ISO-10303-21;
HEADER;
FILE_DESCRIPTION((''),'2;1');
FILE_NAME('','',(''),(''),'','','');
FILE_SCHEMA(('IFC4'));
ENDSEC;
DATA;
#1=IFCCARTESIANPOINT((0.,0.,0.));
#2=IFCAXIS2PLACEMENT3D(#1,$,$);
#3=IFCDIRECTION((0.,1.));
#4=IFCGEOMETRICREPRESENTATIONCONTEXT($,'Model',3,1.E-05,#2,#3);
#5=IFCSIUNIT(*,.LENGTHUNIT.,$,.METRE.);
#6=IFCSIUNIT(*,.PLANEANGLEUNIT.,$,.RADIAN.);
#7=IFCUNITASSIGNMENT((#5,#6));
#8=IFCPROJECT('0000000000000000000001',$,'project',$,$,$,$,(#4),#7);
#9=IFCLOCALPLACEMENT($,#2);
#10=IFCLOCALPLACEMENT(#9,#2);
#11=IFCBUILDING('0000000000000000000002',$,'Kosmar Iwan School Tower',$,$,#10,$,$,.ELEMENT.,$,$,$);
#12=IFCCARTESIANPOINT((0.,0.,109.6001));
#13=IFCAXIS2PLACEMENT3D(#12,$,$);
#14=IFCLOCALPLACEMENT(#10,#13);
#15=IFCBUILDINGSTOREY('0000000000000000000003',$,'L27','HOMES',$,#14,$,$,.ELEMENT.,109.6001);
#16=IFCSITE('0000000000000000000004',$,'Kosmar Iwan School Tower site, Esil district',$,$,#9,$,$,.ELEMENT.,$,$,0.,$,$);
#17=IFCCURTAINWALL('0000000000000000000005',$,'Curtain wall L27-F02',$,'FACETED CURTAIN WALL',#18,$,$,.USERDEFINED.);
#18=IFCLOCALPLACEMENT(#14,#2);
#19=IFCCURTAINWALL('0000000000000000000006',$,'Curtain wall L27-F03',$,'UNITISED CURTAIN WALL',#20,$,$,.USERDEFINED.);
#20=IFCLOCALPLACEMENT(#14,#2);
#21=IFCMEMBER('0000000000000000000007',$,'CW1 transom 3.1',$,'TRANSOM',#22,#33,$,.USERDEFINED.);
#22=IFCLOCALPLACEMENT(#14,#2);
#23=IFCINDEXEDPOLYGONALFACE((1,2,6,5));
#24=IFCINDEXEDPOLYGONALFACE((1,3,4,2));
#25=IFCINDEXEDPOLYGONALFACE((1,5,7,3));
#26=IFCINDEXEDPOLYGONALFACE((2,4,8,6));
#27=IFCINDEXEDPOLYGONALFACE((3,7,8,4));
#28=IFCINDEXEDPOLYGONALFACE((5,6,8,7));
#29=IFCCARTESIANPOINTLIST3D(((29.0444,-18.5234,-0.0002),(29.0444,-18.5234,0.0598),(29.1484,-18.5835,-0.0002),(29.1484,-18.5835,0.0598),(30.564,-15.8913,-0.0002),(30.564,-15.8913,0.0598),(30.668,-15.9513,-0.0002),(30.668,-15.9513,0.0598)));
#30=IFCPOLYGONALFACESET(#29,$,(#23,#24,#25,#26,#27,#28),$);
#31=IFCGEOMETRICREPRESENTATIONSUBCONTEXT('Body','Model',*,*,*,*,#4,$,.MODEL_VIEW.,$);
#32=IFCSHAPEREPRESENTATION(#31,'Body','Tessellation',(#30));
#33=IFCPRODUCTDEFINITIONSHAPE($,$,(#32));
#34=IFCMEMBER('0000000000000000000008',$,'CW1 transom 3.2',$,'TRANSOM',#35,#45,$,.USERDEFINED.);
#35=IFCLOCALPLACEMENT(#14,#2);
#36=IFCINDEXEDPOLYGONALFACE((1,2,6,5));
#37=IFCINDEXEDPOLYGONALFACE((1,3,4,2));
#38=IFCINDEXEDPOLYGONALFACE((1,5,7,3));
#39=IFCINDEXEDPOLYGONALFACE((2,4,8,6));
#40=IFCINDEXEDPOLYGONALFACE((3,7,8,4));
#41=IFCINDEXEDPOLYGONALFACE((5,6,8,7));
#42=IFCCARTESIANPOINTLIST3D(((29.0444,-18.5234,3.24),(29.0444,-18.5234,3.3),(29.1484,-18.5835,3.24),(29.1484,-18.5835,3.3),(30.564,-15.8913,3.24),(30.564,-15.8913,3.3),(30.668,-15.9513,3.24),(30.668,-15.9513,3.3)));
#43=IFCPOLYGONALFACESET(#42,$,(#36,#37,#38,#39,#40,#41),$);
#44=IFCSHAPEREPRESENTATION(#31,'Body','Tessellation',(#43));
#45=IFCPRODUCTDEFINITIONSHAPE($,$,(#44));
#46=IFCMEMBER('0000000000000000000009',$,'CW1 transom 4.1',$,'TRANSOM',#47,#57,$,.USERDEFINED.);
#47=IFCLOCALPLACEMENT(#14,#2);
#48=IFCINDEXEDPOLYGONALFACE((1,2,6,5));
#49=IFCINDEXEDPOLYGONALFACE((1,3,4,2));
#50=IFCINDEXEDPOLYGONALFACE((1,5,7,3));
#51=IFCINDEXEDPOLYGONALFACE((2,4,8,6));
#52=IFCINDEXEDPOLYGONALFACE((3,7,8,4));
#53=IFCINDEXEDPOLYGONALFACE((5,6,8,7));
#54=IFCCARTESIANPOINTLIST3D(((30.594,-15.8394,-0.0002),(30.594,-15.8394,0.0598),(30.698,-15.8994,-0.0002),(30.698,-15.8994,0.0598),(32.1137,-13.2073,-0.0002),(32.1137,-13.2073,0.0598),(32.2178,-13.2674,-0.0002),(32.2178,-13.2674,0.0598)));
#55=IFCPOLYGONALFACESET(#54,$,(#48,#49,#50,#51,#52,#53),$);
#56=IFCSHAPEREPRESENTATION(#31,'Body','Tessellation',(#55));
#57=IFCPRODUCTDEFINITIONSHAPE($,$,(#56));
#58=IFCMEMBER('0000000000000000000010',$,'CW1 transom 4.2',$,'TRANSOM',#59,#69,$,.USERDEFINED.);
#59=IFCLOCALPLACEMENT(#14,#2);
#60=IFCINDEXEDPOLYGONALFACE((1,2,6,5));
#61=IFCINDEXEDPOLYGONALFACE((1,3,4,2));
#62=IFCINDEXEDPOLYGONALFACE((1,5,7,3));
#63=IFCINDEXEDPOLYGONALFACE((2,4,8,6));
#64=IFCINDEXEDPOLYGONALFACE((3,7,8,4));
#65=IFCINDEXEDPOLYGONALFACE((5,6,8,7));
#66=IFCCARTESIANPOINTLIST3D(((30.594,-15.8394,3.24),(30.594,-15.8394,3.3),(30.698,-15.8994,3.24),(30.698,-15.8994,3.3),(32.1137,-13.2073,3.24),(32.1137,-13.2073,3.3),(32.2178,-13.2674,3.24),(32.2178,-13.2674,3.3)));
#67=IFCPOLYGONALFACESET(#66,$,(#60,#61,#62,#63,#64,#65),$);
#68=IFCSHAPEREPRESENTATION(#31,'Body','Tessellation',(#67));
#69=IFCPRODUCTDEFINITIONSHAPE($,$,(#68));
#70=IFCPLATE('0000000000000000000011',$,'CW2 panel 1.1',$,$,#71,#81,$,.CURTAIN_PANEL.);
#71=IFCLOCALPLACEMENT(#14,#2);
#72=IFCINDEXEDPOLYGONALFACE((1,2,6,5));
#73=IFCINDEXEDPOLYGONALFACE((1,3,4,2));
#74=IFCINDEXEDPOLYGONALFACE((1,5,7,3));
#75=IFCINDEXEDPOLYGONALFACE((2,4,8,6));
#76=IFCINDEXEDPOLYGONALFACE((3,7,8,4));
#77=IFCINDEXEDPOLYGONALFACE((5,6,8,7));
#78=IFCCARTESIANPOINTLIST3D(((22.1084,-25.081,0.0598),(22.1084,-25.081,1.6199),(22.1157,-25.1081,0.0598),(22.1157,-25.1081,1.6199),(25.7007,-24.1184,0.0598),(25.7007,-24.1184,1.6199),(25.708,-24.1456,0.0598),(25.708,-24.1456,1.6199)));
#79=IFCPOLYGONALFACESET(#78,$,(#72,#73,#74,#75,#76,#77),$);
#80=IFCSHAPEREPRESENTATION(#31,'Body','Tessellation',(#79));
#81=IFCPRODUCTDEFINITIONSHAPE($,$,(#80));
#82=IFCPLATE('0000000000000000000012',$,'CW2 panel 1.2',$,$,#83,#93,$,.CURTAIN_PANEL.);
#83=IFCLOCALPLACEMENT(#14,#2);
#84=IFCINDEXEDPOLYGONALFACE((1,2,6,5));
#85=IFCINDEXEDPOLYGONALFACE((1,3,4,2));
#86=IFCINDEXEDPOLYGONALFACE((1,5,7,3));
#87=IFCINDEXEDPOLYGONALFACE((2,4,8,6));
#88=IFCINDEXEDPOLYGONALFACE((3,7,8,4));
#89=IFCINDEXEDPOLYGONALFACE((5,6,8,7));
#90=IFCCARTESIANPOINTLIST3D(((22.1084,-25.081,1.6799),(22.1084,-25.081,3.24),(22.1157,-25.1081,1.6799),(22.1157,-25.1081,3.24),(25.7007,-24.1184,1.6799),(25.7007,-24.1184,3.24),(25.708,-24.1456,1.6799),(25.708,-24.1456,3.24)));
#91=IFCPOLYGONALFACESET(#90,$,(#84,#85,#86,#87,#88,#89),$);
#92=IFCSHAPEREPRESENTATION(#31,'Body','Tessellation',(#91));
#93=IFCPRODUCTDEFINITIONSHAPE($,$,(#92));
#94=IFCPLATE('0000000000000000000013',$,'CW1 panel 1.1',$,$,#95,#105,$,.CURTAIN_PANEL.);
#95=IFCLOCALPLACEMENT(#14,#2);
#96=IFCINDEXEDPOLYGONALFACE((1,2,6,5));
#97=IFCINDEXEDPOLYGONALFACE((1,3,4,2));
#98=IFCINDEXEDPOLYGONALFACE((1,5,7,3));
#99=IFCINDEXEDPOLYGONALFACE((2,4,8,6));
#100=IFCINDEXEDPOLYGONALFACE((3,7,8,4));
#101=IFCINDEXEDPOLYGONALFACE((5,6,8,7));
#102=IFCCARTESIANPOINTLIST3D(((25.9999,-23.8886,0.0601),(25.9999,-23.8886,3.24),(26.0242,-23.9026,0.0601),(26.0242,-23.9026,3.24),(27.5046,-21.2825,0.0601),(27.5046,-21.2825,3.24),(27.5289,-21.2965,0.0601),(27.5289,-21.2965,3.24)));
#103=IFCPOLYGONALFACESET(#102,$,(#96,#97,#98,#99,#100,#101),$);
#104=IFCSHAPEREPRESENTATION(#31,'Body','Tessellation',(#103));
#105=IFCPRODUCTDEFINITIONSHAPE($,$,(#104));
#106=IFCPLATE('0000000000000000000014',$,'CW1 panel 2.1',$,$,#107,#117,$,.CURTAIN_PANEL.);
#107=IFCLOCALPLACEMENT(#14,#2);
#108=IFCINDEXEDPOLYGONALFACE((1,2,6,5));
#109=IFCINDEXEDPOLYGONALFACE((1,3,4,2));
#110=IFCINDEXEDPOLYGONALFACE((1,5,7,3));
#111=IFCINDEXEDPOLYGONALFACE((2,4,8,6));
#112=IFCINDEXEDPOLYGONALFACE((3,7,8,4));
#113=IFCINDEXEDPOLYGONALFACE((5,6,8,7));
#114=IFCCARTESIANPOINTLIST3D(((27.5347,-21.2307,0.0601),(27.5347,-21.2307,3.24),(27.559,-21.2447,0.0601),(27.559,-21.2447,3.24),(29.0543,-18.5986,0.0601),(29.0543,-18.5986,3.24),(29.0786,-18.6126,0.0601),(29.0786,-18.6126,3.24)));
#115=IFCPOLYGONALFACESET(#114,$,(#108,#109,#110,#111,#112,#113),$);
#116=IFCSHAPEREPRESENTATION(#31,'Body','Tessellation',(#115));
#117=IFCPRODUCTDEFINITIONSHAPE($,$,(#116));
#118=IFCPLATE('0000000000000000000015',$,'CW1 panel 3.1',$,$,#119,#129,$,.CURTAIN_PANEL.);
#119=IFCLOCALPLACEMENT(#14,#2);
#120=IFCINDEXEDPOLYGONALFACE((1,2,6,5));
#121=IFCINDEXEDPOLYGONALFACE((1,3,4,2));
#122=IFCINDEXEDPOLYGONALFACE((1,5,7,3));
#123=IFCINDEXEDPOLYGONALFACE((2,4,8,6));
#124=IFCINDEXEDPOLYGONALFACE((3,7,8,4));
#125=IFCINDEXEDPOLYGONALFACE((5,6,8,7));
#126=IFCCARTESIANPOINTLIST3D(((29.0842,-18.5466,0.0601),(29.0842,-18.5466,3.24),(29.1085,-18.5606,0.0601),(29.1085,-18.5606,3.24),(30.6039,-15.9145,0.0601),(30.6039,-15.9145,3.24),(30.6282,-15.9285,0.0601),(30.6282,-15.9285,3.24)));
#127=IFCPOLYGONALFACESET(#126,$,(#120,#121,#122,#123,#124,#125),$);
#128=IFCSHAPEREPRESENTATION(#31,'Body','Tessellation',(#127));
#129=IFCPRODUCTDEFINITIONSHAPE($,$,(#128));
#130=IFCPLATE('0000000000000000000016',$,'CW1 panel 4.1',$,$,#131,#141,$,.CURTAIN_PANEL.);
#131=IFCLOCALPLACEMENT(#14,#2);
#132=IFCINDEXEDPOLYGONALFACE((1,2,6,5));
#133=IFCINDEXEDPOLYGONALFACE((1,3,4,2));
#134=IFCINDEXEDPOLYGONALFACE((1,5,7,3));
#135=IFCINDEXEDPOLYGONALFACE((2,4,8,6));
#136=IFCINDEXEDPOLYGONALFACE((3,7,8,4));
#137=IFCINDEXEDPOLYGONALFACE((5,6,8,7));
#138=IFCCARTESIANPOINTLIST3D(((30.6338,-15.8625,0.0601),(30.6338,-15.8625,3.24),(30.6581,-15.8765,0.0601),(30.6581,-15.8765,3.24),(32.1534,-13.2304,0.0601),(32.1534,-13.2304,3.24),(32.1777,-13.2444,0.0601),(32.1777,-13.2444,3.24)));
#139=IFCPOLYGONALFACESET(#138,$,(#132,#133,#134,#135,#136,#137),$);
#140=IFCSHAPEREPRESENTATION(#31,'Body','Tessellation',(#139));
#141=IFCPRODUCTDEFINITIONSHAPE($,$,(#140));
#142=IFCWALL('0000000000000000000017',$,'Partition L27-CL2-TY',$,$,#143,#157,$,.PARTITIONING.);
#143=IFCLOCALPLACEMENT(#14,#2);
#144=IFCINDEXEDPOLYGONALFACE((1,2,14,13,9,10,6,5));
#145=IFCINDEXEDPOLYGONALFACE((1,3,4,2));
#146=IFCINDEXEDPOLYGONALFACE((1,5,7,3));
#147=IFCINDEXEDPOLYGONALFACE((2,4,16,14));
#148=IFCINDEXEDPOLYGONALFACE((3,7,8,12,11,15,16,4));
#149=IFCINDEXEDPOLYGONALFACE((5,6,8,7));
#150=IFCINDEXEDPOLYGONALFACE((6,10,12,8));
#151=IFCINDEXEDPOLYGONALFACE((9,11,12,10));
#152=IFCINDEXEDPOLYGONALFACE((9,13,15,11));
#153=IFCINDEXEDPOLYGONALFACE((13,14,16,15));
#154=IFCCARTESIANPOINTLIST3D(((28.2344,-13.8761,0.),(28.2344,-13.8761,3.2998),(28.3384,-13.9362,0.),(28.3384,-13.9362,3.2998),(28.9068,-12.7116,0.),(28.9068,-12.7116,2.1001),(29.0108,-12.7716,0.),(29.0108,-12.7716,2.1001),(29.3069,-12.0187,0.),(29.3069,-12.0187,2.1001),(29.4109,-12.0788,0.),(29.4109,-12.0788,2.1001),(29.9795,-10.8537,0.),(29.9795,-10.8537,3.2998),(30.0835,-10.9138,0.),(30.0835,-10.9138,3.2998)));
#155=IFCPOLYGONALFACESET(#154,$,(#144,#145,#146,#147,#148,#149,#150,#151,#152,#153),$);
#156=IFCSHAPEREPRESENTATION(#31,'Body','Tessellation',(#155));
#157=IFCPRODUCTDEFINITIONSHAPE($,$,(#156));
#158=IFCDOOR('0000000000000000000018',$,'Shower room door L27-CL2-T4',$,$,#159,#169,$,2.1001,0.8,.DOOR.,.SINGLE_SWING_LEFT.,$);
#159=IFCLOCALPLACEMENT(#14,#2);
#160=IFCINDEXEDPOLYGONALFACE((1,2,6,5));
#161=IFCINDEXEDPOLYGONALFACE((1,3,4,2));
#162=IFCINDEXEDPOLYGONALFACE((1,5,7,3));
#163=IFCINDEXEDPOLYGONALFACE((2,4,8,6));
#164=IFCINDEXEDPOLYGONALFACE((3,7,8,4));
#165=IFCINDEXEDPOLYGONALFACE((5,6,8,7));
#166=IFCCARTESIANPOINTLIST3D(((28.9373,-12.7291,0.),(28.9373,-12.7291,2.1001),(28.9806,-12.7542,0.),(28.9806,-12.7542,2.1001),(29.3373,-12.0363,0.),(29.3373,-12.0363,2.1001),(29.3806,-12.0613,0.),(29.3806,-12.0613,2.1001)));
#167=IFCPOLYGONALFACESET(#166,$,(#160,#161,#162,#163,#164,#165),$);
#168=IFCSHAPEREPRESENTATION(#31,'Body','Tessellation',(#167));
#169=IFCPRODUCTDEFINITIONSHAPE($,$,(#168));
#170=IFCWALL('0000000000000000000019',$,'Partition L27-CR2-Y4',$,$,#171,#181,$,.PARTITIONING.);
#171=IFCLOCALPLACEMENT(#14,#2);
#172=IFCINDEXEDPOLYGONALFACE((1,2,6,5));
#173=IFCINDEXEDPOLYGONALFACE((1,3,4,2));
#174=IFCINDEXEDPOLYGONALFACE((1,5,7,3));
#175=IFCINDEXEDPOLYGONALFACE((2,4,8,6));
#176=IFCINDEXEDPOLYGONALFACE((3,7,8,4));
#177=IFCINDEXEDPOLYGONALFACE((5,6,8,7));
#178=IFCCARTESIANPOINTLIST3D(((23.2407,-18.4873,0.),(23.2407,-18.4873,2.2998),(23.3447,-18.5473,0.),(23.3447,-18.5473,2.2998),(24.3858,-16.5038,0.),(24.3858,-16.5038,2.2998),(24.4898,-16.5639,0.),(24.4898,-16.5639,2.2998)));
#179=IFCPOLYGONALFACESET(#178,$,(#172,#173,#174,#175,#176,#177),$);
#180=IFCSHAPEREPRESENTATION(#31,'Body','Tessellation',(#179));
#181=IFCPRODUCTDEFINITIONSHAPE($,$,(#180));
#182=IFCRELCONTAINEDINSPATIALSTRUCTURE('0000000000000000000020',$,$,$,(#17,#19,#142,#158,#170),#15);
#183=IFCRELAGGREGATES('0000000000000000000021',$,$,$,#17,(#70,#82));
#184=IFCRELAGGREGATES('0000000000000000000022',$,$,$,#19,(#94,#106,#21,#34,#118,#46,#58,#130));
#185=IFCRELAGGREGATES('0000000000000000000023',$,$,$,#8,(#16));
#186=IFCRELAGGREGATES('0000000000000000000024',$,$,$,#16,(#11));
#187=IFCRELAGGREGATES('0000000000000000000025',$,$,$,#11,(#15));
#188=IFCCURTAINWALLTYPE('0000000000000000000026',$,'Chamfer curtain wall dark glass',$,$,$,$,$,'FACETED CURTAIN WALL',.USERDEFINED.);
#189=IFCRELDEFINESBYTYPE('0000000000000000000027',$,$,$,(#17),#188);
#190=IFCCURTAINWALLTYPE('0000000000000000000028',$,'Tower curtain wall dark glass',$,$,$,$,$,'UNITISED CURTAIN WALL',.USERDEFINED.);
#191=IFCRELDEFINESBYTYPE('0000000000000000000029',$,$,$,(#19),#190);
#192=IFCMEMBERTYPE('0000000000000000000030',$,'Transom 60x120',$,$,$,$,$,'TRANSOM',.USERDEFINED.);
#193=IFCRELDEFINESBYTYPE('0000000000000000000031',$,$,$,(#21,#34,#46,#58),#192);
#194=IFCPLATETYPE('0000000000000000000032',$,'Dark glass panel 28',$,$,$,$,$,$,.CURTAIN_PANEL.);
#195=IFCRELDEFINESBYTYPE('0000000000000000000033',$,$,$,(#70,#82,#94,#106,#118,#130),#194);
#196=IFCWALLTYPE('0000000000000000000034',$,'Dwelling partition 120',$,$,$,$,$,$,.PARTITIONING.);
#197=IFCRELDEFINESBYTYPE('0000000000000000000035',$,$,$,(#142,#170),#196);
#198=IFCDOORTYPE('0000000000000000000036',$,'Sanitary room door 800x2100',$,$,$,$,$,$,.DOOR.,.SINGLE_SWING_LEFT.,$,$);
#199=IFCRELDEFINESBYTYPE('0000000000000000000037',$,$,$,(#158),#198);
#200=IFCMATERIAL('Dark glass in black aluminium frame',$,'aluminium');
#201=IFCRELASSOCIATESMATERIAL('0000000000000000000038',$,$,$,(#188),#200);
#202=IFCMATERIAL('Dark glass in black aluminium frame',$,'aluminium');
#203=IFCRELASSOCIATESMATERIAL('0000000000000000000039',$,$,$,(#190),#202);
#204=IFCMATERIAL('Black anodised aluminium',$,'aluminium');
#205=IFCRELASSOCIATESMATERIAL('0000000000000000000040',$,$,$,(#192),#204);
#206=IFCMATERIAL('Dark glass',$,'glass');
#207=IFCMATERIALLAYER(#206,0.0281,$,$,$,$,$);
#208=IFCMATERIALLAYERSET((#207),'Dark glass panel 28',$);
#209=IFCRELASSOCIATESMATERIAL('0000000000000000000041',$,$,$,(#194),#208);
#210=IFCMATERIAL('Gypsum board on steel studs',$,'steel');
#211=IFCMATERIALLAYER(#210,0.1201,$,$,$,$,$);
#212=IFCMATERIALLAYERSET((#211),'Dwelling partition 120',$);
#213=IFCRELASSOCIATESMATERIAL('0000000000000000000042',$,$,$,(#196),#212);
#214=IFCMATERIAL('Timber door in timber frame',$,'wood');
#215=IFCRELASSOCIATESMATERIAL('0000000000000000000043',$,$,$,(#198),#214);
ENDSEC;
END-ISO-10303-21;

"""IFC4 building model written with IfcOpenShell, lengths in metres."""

from ifc_helpers import new_model, si_unit, direction, frame, frame_2d, origin, origin_2d, place, context, subcontext, project, spatial, rectangle, extrude, material, layer, layer_set, material_profile, profile_set, type_object, element, fill, aggregate, save


model = new_model("IFC4")

# Units and contexts
model_context = context("Model", 3, precision=1e-05, world=origin(), true_north=direction((0.0, 1.0)))
body_context = subcontext(model_context, "Body", "Model", "MODEL_VIEW")
ifc_project = project(units=[si_unit("LENGTHUNIT", "METRE"), si_unit("PLANEANGLEUNIT", "RADIAN")], contexts=[model_context])

# Site, building, storey
site_placement = place(None, origin())
site = spatial("IfcSite", under=ifc_project, at=site_placement, Name="Kosmar Iwan School Tower site, Esil district", CompositionType="ELEMENT", RefElevation=0.0)
building_placement = place(site_placement, origin())
building = spatial("IfcBuilding", under=site, at=building_placement, Name="Kosmar Iwan School Tower", CompositionType="ELEMENT")
storey_placement = place(building_placement, frame((0.0, 0.0, 109.6001)))
storey = spatial("IfcBuildingStorey", under=building, at=storey_placement, Name="L27", Description="HOMES", CompositionType="ELEMENT", Elevation=109.6001)

# Curtain wall
ifc_material_1 = material(Name="Dark glass in black aluminium frame", Category="aluminium")
curtain_wall_type_1 = type_object("IfcCurtainWallType", Name="Chamfer curtain wall dark glass", ElementType="FACETED CURTAIN WALL", PredefinedType="USERDEFINED", material=ifc_material_1)
curtain_wall_1_placement = place(storey_placement, origin())
curtain_wall_1 = element("IfcCurtainWall", 1, at=curtain_wall_1_placement, inside=storey, type_object=curtain_wall_type_1, Name="Curtain wall L27-F02", ObjectType="FACETED CURTAIN WALL", PredefinedType="USERDEFINED")

# Curtain wall, members
ifc_material_2 = material(Name="Dark glass in black aluminium frame", Category="aluminium")
curtain_wall_type_2 = type_object("IfcCurtainWallType", Name="Tower curtain wall dark glass", ElementType="UNITISED CURTAIN WALL", PredefinedType="USERDEFINED", material=ifc_material_2)
curtain_wall_2_placement = place(storey_placement, origin())
curtain_wall_2 = element("IfcCurtainWall", 2, at=curtain_wall_2_placement, inside=storey, type_object=curtain_wall_type_2, Name="Curtain wall L27-F03", ObjectType="UNITISED CURTAIN WALL", PredefinedType="USERDEFINED")
ifc_material_3 = material(Name="Black anodised aluminium", Category="aluminium")
ifc_material_profile_1 = material_profile(ifc_material_3, rectangle(XDim=0.1201, YDim=0.0601, at=origin_2d()), Name="TRANSOM 60x120")
ifc_profile_set_1 = profile_set([ifc_material_profile_1], Name="Black anodised aluminium")
member_type_1 = type_object("IfcMemberType", Name="Transom 60x120", ElementType="TRANSOM", PredefinedType="USERDEFINED", material=ifc_profile_set_1)
member_1_placement = place(storey_placement, frame((29.0964, -18.5535, 0.0298), z_axis=(0.499975, 0.86604, 0.0), x_axis=(-0.86604, 0.499975, 0.0)))
member_1 = element("IfcMember", 3, at=member_1_placement, type_object=member_type_1, Name="CW1 transom 3.1", ObjectType="TRANSOM", PredefinedType="USERDEFINED", context=body_context, shape_type="SweptSolid", body=[
    extrude(rectangle(XDim=0.1201, YDim=0.0601, at=origin_2d()), origin(), (0.0, 0.0, 1.0), 3.0393),
])
member_2_placement = place(storey_placement, frame((29.0964, -18.5535, 3.27), z_axis=(0.499975, 0.86604, 0.0), x_axis=(-0.86604, 0.499975, 0.0)))
member_2 = element("IfcMember", 4, at=member_2_placement, type_object=member_type_1, Name="CW1 transom 3.2", ObjectType="TRANSOM", PredefinedType="USERDEFINED", context=body_context, shape_type="SweptSolid", body=[
    extrude(rectangle(XDim=0.1201, YDim=0.0601, at=origin_2d()), origin(), (0.0, 0.0, 1.0), 3.0393),
])
member_3_placement = place(storey_placement, frame((30.646, -15.8694, 0.0298), z_axis=(0.500035, 0.866005, 0.0), x_axis=(-0.866005, 0.500035, 0.0)))
member_3 = element("IfcMember", 5, at=member_3_placement, type_object=member_type_1, Name="CW1 transom 4.1", ObjectType="TRANSOM", PredefinedType="USERDEFINED", context=body_context, shape_type="SweptSolid", body=[
    extrude(rectangle(XDim=0.1201, YDim=0.0601, at=origin_2d()), origin(), (0.0, 0.0, 1.0), 3.0393),
])
member_4_placement = place(storey_placement, frame((30.646, -15.8694, 3.27), z_axis=(0.500035, 0.866005, 0.0), x_axis=(-0.866005, 0.500035, 0.0)))
member_4 = element("IfcMember", 6, at=member_4_placement, type_object=member_type_1, Name="CW1 transom 4.2", ObjectType="TRANSOM", PredefinedType="USERDEFINED", context=body_context, shape_type="SweptSolid", body=[
    extrude(rectangle(XDim=0.1201, YDim=0.0601, at=origin_2d()), origin(), (0.0, 0.0, 1.0), 3.0393),
])

# Plates
ifc_material_4 = material(Name="Dark glass", Category="glass")
ifc_layer_1 = layer(ifc_material_4, 0.0281)
ifc_layer_set_1 = layer_set([ifc_layer_1], Name="Dark glass panel 28")
plate_type = type_object("IfcPlateType", Name="Dark glass panel 28", PredefinedType="CURTAIN_PANEL", material=ifc_layer_set_1)
plate_1_placement = place(storey_placement, frame((23.9082, -24.6133, 0.0598), z_axis=(0.0, 0.0, 1.0), x_axis=(0.965926, 0.258819, 0.0)))
plate_1 = element("IfcPlate", 7, at=plate_1_placement, type_object=plate_type, Name="CW2 panel 1.1", PredefinedType="CURTAIN_PANEL", context=body_context, shape_type="SweptSolid", body=[
    extrude(rectangle(XDim=3.719, YDim=0.0281, at=origin_2d()), origin(), (0.0, 0.0, 1.0), 1.5601),
])
plate_2_placement = place(storey_placement, frame((23.9082, -24.6133, 1.6799), z_axis=(0.0, 0.0, 1.0), x_axis=(0.965926, 0.258819, 0.0)))
plate_2 = element("IfcPlate", 8, at=plate_2_placement, type_object=plate_type, Name="CW2 panel 1.2", PredefinedType="CURTAIN_PANEL", context=body_context, shape_type="SweptSolid", body=[
    extrude(rectangle(XDim=3.719, YDim=0.0281, at=origin_2d()), origin(), (0.0, 0.0, 1.0), 1.5601),
])
aggregate(curtain_wall_1, [plate_1, plate_2])
plate_3_placement = place(storey_placement, frame((26.7644, -22.5925, 0.0601), z_axis=(0.0, 0.0, 1.0), x_axis=(0.5, 0.866025, 0.0)))
plate_3 = element("IfcPlate", 9, at=plate_3_placement, type_object=plate_type, Name="CW1 panel 1.1", PredefinedType="CURTAIN_PANEL", context=body_context, shape_type="SweptSolid", body=[
    extrude(rectangle(XDim=3.0093, YDim=0.0281, at=origin_2d()), origin(), (0.0, 0.0, 1.0), 3.1799),
])
plate_4_placement = place(storey_placement, frame((28.3066, -19.9216, 0.0601), z_axis=(0.0, 0.0, 1.0), x_axis=(0.5, 0.866025, 0.0)))
plate_4 = element("IfcPlate", 10, at=plate_4_placement, type_object=plate_type, Name="CW1 panel 2.1", PredefinedType="CURTAIN_PANEL", context=body_context, shape_type="SweptSolid", body=[
    extrude(rectangle(XDim=3.0393, YDim=0.0281, at=origin_2d()), origin(), (0.0, 0.0, 1.0), 3.1799),
])
plate_5_placement = place(storey_placement, frame((29.8562, -17.2375, 0.0601), z_axis=(0.0, 0.0, 1.0), x_axis=(0.5, 0.866025, 0.0)))
plate_5 = element("IfcPlate", 11, at=plate_5_placement, type_object=plate_type, Name="CW1 panel 3.1", PredefinedType="CURTAIN_PANEL", context=body_context, shape_type="SweptSolid", body=[
    extrude(rectangle(XDim=3.0393, YDim=0.0281, at=origin_2d()), origin(), (0.0, 0.0, 1.0), 3.1799),
])
plate_6_placement = place(storey_placement, frame((31.4058, -14.5535, 0.0601), z_axis=(0.0, 0.0, 1.0), x_axis=(0.5, 0.866025, 0.0)))
plate_6 = element("IfcPlate", 12, at=plate_6_placement, type_object=plate_type, Name="CW1 panel 4.1", PredefinedType="CURTAIN_PANEL", context=body_context, shape_type="SweptSolid", body=[
    extrude(rectangle(XDim=3.0393, YDim=0.0281, at=origin_2d()), origin(), (0.0, 0.0, 1.0), 3.1799),
])
aggregate(curtain_wall_2, [plate_3, plate_4, member_1, member_2, plate_5, member_3, member_4, plate_6])

# Wall, opening, door
ifc_material_5 = material(Name="Gypsum board on steel studs", Category="steel")
ifc_layer_2 = layer(ifc_material_5, 0.1201)
ifc_layer_set_2 = layer_set([ifc_layer_2], Name="Dwelling partition 120")
wall_type = type_object("IfcWallType", Name="Dwelling partition 120", PredefinedType="PARTITIONING", material=ifc_layer_set_2)
wall_1_placement = place(storey_placement, frame((28.2864, -13.9062, 0.0), z_axis=(0.0, 0.0, 1.0), x_axis=(0.500021, 0.866013, 0.0)))
wall_1 = element("IfcWall", 13, at=wall_1_placement, inside=storey, type_object=wall_type, Name="Partition L27-CL2-TY", PredefinedType="PARTITIONING", context=body_context, shape_type="SweptSolid", body=[
    extrude(rectangle(XDim=3.49, YDim=0.1201, at=frame_2d((1.7451, 0.0))), origin(), (0.0, 0.0, 1.0), 3.2998),
])
opening_placement = place(wall_1_placement, frame((1.345, 0.0, 0.0)))
opening = element("IfcOpeningElement", 14, at=opening_placement, cuts=wall_1, PredefinedType="OPENING", context=body_context, shape_type="SweptSolid", body=[
    extrude(rectangle(XDim=0.8, YDim=2.1001, at=frame_2d((0.3999, 1.05))), frame((0.0, 0.072, 0.0), z_axis=(0.0, -1.0, 0.0), x_axis=(1.0, 0.0, 0.0)), (0.0, 0.0, 1.0), 0.144),
])
ifc_material_6 = material(Name="Timber door in timber frame", Category="wood")
door_type = type_object("IfcDoorType", Name="Sanitary room door 800x2100", OperationType="SINGLE_SWING_LEFT", PredefinedType="DOOR", material=ifc_material_6)
door_placement = place(opening_placement, origin())
door = element("IfcDoor", 15, at=door_placement, inside=storey, type_object=door_type, Name="Shower room door L27-CL2-T4", OperationType="SINGLE_SWING_LEFT", OverallHeight=2.1001, OverallWidth=0.8, PredefinedType="DOOR", context=body_context, shape_type="SweptSolid", body=[
    extrude(rectangle(XDim=0.8, YDim=2.1001, at=frame_2d((0.3999, 1.05))), frame((0.0, 0.0249, 0.0), z_axis=(0.0, -1.0, 0.0), x_axis=(1.0, 0.0, 0.0)), (0.0, 0.0, 1.0), 0.05),
])
fill(opening, door)

# Wall
wall_2_placement = place(storey_placement, frame((24.4377, -16.5339, 0.0), z_axis=(0.0, 0.0, 1.0), x_axis=(-0.499969, -0.866044, 0.0)))
element("IfcWall", 16, at=wall_2_placement, inside=storey, type_object=wall_type, Name="Partition L27-CR2-Y4", PredefinedType="PARTITIONING", context=body_context, shape_type="SweptSolid", body=[
    extrude(rectangle(XDim=2.2903, YDim=0.1201, at=frame_2d((1.145, 0.0))), origin(), (0.0, 0.0, 1.0), 2.2998),
])

save(model, "model.ifc")
